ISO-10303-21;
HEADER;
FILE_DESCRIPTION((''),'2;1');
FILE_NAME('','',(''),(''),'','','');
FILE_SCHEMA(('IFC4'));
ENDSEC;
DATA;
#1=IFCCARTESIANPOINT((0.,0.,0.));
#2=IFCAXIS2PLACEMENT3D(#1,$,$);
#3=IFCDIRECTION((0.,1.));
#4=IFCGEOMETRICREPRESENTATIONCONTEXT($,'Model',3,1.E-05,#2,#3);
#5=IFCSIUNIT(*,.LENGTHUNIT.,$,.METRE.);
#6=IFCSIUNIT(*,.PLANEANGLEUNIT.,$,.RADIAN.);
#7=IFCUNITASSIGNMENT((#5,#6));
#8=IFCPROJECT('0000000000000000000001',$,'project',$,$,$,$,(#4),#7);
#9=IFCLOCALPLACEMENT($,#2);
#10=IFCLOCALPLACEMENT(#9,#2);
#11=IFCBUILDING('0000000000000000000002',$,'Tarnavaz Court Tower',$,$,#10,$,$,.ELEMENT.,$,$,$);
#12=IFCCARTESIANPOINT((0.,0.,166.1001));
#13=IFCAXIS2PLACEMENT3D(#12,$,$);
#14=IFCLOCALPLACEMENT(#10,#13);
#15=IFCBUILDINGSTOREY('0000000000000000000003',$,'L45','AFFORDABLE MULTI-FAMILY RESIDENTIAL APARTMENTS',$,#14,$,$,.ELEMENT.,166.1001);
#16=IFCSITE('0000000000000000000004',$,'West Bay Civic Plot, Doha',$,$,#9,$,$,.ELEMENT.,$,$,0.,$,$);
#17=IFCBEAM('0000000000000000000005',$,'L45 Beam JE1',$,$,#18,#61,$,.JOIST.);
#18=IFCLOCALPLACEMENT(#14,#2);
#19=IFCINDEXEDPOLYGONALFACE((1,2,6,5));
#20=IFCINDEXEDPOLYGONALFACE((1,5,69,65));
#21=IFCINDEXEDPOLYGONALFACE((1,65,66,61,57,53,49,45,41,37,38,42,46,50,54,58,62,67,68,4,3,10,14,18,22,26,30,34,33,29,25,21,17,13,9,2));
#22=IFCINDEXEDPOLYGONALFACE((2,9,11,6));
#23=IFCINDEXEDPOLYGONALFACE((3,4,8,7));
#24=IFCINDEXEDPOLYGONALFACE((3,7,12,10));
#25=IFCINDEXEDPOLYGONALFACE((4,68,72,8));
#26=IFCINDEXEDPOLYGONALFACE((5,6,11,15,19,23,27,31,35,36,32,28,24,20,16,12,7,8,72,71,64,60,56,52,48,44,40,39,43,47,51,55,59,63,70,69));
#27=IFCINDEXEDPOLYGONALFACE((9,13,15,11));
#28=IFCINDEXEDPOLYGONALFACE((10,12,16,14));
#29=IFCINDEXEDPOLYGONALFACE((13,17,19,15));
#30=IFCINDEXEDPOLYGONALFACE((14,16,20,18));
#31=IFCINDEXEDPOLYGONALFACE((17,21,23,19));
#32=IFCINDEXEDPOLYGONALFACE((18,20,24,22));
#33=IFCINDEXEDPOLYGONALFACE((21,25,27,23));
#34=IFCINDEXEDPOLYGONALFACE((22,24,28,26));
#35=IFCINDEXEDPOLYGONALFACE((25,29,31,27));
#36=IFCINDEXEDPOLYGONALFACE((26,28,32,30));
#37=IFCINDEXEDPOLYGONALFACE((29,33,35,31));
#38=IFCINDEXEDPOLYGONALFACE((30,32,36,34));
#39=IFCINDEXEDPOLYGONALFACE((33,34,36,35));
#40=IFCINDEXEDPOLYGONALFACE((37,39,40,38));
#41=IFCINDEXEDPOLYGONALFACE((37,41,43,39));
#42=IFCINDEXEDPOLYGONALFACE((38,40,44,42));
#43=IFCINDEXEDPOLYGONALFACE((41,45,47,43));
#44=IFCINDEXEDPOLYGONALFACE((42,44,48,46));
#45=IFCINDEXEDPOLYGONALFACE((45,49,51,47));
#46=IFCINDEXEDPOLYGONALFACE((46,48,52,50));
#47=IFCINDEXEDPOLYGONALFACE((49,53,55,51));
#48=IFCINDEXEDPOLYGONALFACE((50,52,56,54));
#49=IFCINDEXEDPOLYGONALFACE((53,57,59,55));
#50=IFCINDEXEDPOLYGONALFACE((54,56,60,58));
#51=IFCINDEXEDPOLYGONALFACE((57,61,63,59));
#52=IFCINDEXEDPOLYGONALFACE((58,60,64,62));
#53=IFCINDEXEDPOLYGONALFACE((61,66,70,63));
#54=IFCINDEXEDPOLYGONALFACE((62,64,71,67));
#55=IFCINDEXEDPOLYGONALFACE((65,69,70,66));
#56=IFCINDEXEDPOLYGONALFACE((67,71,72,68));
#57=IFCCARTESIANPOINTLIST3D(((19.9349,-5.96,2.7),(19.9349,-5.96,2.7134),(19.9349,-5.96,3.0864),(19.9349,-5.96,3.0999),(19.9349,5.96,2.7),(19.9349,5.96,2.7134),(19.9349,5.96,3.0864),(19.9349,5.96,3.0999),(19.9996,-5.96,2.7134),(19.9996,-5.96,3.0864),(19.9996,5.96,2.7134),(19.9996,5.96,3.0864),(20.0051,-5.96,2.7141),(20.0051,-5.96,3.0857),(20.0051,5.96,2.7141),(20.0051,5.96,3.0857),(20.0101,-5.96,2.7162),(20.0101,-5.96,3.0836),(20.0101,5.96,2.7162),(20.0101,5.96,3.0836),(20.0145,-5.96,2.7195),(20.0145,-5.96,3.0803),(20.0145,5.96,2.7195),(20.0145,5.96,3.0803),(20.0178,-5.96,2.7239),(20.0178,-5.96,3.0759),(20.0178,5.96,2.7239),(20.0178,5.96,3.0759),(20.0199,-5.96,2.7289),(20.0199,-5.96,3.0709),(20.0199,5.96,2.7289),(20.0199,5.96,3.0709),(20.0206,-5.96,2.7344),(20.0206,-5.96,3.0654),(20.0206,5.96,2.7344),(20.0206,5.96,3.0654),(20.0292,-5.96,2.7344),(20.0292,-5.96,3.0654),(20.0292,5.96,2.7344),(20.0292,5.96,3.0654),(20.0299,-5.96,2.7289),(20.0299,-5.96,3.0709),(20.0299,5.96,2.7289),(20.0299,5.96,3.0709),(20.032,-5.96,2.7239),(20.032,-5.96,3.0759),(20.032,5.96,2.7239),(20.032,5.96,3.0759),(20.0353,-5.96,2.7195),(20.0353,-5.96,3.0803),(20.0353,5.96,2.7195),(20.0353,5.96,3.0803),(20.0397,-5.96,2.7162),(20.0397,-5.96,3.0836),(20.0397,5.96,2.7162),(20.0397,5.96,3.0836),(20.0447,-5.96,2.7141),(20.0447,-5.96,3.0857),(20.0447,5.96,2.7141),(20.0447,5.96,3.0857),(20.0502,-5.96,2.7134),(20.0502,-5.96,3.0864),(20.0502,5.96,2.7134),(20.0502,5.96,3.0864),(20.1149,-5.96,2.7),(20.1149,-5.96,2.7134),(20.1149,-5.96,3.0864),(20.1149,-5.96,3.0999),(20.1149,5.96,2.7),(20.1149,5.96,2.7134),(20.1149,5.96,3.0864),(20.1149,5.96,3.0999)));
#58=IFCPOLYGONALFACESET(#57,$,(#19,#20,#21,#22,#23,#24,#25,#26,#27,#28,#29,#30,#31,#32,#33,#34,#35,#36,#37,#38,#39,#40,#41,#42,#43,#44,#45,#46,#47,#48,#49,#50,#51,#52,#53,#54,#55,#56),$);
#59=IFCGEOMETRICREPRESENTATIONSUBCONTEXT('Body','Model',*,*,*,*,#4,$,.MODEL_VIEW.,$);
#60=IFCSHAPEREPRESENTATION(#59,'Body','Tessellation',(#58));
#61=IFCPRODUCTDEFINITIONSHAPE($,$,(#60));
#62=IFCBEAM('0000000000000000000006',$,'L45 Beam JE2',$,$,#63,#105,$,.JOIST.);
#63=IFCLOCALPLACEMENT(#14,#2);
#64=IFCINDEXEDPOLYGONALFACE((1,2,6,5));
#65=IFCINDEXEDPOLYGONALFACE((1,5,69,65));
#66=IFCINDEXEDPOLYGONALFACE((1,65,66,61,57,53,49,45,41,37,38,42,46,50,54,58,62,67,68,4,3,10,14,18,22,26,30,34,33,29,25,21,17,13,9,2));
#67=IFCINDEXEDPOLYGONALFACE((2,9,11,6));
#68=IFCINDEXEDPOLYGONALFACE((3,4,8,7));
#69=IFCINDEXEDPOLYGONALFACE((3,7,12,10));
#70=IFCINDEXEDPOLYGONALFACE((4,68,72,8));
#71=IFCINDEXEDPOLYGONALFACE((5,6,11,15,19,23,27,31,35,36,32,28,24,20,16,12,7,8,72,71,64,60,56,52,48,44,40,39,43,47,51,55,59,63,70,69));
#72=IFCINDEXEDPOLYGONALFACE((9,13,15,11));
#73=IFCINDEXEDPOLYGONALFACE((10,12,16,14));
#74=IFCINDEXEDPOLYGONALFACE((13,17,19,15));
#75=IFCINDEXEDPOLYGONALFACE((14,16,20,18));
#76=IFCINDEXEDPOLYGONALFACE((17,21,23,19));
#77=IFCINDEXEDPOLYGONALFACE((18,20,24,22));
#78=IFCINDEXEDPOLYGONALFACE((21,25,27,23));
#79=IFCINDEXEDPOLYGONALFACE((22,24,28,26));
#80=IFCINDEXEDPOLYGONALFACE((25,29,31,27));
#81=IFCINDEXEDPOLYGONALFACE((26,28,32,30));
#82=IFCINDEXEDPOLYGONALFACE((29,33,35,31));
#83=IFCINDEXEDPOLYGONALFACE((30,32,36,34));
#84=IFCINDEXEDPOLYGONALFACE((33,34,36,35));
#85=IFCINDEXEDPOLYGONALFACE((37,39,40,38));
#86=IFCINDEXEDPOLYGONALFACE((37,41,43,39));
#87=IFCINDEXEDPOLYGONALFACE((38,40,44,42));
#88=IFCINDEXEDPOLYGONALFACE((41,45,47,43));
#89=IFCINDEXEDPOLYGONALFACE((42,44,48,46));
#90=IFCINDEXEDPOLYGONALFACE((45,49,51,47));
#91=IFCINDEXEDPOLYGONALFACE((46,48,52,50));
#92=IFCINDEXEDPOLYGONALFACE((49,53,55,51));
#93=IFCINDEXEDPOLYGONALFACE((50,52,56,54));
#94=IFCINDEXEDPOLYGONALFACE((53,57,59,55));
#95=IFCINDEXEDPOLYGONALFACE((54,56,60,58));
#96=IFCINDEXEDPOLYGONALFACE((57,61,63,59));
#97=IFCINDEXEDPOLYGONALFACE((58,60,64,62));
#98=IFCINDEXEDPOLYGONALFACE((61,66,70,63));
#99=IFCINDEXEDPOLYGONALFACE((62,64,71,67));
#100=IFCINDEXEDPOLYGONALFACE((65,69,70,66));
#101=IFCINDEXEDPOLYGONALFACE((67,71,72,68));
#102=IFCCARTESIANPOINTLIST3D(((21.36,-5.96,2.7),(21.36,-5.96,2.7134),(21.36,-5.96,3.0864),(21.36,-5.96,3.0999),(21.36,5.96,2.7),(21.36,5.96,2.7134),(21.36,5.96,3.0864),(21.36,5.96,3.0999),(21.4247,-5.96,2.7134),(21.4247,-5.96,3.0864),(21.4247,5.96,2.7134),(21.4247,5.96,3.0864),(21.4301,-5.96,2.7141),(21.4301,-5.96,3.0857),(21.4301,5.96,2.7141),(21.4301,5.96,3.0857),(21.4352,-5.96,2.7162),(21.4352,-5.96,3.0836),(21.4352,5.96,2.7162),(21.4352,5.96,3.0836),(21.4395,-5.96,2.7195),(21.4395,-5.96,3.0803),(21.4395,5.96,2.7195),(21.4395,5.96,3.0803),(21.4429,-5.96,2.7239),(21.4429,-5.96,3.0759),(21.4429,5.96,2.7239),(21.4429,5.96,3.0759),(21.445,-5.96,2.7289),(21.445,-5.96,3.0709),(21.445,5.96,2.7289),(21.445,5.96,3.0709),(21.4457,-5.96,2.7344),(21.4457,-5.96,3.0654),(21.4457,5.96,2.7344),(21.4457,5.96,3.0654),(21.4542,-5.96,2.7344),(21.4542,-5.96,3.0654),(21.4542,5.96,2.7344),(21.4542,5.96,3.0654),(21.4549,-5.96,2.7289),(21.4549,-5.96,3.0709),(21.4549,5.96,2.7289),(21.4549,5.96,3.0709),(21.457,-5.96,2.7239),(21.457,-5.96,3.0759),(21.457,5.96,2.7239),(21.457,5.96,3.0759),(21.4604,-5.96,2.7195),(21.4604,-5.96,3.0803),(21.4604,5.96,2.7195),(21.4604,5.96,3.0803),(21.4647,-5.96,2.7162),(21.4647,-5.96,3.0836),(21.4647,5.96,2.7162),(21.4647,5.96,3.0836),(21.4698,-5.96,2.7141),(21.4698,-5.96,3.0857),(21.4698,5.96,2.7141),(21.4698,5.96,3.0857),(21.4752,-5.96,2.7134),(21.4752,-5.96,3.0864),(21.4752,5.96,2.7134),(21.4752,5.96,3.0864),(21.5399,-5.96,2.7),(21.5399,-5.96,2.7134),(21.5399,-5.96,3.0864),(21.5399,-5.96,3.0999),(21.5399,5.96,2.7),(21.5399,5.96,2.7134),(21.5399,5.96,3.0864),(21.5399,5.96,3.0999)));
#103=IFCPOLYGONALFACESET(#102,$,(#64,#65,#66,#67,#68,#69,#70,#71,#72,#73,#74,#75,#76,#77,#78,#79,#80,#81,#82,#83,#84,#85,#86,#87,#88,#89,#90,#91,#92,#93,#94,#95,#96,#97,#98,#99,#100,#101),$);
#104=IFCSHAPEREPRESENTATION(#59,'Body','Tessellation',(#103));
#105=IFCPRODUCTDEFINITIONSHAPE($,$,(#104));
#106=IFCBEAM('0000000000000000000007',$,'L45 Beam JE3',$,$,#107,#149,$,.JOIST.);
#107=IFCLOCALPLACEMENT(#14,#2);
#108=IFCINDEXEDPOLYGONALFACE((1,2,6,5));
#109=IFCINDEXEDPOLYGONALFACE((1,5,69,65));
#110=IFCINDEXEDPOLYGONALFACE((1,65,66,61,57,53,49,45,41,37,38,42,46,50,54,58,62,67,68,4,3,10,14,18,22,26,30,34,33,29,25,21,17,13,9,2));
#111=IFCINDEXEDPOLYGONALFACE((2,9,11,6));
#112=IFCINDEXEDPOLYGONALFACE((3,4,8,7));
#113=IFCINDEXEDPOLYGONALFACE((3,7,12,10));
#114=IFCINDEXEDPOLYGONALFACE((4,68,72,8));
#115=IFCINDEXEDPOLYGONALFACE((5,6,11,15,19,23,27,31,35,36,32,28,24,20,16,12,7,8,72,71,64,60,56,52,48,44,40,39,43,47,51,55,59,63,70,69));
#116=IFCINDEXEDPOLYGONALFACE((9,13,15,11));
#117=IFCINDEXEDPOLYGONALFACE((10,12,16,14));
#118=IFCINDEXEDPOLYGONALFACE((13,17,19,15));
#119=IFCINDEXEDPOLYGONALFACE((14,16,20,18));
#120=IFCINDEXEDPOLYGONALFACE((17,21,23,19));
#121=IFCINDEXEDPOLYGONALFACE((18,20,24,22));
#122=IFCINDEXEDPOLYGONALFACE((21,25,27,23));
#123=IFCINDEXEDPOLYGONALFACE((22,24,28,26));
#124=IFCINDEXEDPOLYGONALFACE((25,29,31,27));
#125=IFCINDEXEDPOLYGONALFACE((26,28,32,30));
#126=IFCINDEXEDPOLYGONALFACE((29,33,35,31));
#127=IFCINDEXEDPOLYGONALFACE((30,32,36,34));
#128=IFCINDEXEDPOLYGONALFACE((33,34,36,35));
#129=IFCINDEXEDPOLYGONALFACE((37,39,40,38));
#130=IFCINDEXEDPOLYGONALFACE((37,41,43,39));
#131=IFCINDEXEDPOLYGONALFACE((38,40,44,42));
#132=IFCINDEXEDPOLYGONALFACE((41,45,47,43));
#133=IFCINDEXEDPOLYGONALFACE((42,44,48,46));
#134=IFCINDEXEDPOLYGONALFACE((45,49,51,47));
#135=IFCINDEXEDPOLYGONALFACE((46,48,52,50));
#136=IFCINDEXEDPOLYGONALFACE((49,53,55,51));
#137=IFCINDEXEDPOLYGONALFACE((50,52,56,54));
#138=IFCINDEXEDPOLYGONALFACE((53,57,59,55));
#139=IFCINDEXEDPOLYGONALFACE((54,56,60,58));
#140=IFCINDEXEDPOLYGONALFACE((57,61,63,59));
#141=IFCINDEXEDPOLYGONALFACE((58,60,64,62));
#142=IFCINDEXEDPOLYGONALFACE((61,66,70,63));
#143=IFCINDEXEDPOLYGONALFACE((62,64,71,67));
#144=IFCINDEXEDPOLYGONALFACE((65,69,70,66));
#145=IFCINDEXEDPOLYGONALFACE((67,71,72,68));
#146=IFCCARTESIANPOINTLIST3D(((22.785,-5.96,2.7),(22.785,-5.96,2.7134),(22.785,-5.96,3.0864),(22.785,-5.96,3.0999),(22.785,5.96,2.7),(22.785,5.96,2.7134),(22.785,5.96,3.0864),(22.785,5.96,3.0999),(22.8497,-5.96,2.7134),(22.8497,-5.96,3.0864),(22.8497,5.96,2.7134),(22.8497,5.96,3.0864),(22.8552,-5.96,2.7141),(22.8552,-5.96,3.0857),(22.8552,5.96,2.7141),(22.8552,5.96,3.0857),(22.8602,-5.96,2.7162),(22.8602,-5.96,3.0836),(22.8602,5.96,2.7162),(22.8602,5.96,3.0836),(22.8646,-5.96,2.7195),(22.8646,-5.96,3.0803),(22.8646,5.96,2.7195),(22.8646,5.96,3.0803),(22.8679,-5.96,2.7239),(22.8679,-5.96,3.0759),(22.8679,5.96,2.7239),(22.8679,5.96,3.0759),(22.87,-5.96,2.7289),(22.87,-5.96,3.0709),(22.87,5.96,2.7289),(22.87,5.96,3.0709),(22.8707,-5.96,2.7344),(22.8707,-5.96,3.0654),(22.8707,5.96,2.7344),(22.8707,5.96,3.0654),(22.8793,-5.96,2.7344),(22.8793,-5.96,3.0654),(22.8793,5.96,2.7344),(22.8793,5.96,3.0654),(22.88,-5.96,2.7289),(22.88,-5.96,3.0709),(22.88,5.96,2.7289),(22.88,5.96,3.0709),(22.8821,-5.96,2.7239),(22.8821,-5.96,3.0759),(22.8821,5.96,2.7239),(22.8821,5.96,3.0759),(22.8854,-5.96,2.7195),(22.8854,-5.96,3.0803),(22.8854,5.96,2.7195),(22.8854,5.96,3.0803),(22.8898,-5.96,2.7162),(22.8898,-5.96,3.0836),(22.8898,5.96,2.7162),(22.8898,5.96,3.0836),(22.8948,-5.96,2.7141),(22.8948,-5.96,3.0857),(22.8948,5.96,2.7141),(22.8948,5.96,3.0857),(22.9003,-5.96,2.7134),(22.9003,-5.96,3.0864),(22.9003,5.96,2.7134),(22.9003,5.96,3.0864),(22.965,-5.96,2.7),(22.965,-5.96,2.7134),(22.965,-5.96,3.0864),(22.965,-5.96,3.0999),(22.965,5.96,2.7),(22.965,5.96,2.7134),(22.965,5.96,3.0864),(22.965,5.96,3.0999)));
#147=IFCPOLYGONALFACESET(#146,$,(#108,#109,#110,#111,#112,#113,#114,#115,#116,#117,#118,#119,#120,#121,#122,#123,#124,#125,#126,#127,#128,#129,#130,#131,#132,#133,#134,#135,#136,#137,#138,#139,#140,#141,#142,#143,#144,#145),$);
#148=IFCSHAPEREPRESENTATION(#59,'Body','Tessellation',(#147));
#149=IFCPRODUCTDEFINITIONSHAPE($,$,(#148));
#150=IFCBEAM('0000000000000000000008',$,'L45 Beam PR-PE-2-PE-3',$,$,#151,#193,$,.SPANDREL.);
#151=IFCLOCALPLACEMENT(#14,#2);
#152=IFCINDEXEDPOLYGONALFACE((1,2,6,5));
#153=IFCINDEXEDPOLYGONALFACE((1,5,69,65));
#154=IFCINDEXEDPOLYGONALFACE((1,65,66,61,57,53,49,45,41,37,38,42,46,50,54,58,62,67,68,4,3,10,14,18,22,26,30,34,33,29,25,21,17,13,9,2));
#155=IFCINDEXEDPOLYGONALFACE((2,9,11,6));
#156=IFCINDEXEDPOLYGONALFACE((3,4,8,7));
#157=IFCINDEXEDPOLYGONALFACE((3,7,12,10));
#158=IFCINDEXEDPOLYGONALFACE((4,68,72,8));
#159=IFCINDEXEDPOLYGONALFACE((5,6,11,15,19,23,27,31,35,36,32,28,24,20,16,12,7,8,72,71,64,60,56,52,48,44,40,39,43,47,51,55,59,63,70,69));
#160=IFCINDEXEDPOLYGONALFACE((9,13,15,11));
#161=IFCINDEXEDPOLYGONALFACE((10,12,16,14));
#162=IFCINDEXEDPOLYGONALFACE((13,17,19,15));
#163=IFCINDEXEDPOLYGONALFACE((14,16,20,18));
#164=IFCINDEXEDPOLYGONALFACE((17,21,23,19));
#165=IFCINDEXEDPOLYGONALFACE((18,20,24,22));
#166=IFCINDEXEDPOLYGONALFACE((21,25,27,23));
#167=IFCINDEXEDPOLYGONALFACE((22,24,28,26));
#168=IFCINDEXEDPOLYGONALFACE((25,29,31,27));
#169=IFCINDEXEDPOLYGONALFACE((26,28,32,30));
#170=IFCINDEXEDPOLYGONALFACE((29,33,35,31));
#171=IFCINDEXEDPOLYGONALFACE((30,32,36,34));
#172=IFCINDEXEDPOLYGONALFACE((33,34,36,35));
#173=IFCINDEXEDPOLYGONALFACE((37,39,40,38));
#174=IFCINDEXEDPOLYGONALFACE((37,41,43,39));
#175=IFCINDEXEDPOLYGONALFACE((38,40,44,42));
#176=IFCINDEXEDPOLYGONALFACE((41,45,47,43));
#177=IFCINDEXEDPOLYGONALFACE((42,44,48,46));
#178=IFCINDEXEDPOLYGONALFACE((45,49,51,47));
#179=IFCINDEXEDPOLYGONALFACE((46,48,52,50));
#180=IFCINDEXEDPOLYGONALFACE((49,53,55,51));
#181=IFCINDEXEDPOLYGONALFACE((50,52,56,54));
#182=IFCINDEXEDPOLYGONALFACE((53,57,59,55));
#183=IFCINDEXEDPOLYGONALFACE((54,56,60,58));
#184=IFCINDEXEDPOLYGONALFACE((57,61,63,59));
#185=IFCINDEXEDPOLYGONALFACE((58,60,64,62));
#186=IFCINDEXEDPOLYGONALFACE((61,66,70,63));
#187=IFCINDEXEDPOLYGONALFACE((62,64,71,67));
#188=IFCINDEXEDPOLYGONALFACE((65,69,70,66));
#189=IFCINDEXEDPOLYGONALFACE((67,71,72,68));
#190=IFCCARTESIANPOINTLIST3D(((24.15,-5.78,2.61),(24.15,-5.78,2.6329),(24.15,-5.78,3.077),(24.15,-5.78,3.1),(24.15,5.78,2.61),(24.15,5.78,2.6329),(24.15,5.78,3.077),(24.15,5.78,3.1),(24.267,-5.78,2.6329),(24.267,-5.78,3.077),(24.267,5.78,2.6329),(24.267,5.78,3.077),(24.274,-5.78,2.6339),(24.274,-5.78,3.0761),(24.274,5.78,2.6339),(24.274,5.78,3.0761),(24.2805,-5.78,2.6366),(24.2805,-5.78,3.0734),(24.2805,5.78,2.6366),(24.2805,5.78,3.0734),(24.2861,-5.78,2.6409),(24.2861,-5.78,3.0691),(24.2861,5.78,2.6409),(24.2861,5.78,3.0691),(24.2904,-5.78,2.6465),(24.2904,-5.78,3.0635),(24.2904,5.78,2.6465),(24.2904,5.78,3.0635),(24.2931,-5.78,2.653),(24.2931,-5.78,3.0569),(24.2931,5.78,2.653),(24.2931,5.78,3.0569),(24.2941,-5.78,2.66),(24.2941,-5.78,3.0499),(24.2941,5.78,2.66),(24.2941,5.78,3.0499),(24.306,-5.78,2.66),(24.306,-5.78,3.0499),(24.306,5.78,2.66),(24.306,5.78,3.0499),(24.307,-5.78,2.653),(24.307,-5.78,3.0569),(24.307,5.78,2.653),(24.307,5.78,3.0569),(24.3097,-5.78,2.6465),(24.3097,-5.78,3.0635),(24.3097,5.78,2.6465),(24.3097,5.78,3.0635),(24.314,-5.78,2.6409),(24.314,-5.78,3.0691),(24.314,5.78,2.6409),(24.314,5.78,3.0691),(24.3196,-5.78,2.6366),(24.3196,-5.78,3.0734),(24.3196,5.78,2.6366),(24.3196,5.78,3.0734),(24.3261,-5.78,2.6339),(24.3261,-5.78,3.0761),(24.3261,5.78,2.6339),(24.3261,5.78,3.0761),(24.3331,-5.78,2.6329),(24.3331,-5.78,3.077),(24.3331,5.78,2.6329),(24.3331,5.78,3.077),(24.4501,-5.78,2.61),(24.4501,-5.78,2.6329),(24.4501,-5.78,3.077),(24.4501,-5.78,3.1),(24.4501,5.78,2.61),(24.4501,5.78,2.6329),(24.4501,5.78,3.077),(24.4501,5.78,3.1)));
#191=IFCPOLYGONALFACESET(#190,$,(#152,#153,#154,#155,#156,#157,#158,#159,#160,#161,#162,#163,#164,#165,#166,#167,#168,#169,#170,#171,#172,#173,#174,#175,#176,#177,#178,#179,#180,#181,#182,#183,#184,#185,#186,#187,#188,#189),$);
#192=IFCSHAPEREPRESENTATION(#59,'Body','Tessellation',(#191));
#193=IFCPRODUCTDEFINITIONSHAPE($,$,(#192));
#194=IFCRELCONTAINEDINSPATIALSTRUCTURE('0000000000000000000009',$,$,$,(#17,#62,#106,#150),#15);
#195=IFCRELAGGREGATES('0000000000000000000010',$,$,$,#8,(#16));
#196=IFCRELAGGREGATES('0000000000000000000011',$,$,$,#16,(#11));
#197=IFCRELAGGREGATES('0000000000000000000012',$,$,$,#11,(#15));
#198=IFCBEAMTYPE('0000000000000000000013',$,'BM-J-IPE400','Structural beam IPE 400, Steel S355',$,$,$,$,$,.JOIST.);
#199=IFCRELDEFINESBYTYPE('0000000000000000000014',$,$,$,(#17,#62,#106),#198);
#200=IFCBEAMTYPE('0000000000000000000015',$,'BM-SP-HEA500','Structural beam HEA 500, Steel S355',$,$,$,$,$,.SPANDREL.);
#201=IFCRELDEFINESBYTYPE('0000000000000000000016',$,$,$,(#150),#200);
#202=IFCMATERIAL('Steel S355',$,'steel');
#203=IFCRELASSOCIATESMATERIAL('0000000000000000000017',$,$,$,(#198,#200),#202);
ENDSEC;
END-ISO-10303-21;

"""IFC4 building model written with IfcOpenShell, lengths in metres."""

from ifc_helpers import new_model, si_unit, direction, frame, origin, origin_2d, place, context, subcontext, project, spatial, i_section, extrude, material, material_profile, profile_set, type_object, element, save


model = new_model("IFC4")

# Units and contexts
model_context = context("Model", 3, precision=1e-05, world=origin(), true_north=direction((0.0, 1.0)))
body_context = subcontext(model_context, "Body", "Model", "MODEL_VIEW")
ifc_project = project(units=[si_unit("LENGTHUNIT", "METRE"), si_unit("PLANEANGLEUNIT", "RADIAN")], contexts=[model_context])

# Site, building, storey
site_placement = place(None, origin())
site = spatial("IfcSite", under=ifc_project, at=site_placement, Name="West Bay Civic Plot, Doha", CompositionType="ELEMENT", RefElevation=0.0)
building_placement = place(site_placement, origin())
building = spatial("IfcBuilding", under=site, at=building_placement, Name="Tarnavaz Court Tower", CompositionType="ELEMENT")
storey_placement = place(building_placement, frame((0.0, 0.0, 166.1001)))
storey = spatial("IfcBuildingStorey", under=building, at=storey_placement, Name="L45", Description="AFFORDABLE MULTI-FAMILY RESIDENTIAL APARTMENTS", CompositionType="ELEMENT", Elevation=166.1001)

# Beams
ifc_material_1 = material(Name="Steel S355", Category="steel")
ifc_material_profile_1 = material_profile(ifc_material_1, i_section(OverallWidth=0.1799, OverallDepth=0.3999, WebThickness=0.0085, FlangeThickness=0.0134, FilletRadius=0.021, at=origin_2d()), Name="IPE 400")
ifc_profile_set_1 = profile_set([ifc_material_profile_1], Name="Steel S355")
beam_type_1 = type_object("IfcBeamType", Name="BM-J-IPE400", Description="Structural beam IPE 400, Steel S355", PredefinedType="JOIST", material=ifc_profile_set_1)
for number, where, z_axis, x_axis, name in (
    (1, (20.0249, -5.96, 2.8999), (0.0, 1.0, 0.0), (-1.0, 0.0, 0.0), "L45 Beam JE1"),
    (2, (21.45, -5.96, 2.8999), (0.0, 1.0, 0.0), (-1.0, 0.0, 0.0), "L45 Beam JE2"),
    (3, (22.875, -5.96, 2.8999), (0.0, 1.0, 0.0), (-1.0, 0.0, 0.0), "L45 Beam JE3"),
):
    element("IfcBeam", number, at=place(storey_placement, frame(where, z_axis=z_axis, x_axis=x_axis)), inside=storey, type_object=beam_type_1, Name=name, PredefinedType="JOIST", context=body_context, shape_type="SweptSolid", body=[
        extrude(i_section(OverallWidth=0.1799, OverallDepth=0.3999, WebThickness=0.0085, FlangeThickness=0.0134, FilletRadius=0.021, at=origin_2d()), origin(), (0.0, 0.0, 1.0), 11.9199),
    ])
ifc_material_profile_2 = material_profile(ifc_material_1, i_section(OverallWidth=0.3, OverallDepth=0.49, WebThickness=0.012, FlangeThickness=0.0229, FilletRadius=0.0271, at=origin_2d()), Name="HEA 500")
ifc_profile_set_2 = profile_set([ifc_material_profile_2], Name="Steel S355")
beam_type_2 = type_object("IfcBeamType", Name="BM-SP-HEA500", Description="Structural beam HEA 500, Steel S355", PredefinedType="SPANDREL", material=ifc_profile_set_2)
beam_1_placement = place(storey_placement, frame((24.3, -5.78, 2.855), z_axis=(0.0, 1.0, 0.0), x_axis=(-1.0, 0.0, 0.0)))
element("IfcBeam", 4, at=beam_1_placement, inside=storey, type_object=beam_type_2, Name="L45 Beam PR-PE-2-PE-3", PredefinedType="SPANDREL", context=body_context, shape_type="SweptSolid", body=[
    extrude(i_section(OverallWidth=0.3, OverallDepth=0.49, WebThickness=0.012, FlangeThickness=0.0229, FilletRadius=0.0271, at=origin_2d()), origin(), (0.0, 0.0, 1.0), 11.5601),
])

save(model, "model.ifc")
